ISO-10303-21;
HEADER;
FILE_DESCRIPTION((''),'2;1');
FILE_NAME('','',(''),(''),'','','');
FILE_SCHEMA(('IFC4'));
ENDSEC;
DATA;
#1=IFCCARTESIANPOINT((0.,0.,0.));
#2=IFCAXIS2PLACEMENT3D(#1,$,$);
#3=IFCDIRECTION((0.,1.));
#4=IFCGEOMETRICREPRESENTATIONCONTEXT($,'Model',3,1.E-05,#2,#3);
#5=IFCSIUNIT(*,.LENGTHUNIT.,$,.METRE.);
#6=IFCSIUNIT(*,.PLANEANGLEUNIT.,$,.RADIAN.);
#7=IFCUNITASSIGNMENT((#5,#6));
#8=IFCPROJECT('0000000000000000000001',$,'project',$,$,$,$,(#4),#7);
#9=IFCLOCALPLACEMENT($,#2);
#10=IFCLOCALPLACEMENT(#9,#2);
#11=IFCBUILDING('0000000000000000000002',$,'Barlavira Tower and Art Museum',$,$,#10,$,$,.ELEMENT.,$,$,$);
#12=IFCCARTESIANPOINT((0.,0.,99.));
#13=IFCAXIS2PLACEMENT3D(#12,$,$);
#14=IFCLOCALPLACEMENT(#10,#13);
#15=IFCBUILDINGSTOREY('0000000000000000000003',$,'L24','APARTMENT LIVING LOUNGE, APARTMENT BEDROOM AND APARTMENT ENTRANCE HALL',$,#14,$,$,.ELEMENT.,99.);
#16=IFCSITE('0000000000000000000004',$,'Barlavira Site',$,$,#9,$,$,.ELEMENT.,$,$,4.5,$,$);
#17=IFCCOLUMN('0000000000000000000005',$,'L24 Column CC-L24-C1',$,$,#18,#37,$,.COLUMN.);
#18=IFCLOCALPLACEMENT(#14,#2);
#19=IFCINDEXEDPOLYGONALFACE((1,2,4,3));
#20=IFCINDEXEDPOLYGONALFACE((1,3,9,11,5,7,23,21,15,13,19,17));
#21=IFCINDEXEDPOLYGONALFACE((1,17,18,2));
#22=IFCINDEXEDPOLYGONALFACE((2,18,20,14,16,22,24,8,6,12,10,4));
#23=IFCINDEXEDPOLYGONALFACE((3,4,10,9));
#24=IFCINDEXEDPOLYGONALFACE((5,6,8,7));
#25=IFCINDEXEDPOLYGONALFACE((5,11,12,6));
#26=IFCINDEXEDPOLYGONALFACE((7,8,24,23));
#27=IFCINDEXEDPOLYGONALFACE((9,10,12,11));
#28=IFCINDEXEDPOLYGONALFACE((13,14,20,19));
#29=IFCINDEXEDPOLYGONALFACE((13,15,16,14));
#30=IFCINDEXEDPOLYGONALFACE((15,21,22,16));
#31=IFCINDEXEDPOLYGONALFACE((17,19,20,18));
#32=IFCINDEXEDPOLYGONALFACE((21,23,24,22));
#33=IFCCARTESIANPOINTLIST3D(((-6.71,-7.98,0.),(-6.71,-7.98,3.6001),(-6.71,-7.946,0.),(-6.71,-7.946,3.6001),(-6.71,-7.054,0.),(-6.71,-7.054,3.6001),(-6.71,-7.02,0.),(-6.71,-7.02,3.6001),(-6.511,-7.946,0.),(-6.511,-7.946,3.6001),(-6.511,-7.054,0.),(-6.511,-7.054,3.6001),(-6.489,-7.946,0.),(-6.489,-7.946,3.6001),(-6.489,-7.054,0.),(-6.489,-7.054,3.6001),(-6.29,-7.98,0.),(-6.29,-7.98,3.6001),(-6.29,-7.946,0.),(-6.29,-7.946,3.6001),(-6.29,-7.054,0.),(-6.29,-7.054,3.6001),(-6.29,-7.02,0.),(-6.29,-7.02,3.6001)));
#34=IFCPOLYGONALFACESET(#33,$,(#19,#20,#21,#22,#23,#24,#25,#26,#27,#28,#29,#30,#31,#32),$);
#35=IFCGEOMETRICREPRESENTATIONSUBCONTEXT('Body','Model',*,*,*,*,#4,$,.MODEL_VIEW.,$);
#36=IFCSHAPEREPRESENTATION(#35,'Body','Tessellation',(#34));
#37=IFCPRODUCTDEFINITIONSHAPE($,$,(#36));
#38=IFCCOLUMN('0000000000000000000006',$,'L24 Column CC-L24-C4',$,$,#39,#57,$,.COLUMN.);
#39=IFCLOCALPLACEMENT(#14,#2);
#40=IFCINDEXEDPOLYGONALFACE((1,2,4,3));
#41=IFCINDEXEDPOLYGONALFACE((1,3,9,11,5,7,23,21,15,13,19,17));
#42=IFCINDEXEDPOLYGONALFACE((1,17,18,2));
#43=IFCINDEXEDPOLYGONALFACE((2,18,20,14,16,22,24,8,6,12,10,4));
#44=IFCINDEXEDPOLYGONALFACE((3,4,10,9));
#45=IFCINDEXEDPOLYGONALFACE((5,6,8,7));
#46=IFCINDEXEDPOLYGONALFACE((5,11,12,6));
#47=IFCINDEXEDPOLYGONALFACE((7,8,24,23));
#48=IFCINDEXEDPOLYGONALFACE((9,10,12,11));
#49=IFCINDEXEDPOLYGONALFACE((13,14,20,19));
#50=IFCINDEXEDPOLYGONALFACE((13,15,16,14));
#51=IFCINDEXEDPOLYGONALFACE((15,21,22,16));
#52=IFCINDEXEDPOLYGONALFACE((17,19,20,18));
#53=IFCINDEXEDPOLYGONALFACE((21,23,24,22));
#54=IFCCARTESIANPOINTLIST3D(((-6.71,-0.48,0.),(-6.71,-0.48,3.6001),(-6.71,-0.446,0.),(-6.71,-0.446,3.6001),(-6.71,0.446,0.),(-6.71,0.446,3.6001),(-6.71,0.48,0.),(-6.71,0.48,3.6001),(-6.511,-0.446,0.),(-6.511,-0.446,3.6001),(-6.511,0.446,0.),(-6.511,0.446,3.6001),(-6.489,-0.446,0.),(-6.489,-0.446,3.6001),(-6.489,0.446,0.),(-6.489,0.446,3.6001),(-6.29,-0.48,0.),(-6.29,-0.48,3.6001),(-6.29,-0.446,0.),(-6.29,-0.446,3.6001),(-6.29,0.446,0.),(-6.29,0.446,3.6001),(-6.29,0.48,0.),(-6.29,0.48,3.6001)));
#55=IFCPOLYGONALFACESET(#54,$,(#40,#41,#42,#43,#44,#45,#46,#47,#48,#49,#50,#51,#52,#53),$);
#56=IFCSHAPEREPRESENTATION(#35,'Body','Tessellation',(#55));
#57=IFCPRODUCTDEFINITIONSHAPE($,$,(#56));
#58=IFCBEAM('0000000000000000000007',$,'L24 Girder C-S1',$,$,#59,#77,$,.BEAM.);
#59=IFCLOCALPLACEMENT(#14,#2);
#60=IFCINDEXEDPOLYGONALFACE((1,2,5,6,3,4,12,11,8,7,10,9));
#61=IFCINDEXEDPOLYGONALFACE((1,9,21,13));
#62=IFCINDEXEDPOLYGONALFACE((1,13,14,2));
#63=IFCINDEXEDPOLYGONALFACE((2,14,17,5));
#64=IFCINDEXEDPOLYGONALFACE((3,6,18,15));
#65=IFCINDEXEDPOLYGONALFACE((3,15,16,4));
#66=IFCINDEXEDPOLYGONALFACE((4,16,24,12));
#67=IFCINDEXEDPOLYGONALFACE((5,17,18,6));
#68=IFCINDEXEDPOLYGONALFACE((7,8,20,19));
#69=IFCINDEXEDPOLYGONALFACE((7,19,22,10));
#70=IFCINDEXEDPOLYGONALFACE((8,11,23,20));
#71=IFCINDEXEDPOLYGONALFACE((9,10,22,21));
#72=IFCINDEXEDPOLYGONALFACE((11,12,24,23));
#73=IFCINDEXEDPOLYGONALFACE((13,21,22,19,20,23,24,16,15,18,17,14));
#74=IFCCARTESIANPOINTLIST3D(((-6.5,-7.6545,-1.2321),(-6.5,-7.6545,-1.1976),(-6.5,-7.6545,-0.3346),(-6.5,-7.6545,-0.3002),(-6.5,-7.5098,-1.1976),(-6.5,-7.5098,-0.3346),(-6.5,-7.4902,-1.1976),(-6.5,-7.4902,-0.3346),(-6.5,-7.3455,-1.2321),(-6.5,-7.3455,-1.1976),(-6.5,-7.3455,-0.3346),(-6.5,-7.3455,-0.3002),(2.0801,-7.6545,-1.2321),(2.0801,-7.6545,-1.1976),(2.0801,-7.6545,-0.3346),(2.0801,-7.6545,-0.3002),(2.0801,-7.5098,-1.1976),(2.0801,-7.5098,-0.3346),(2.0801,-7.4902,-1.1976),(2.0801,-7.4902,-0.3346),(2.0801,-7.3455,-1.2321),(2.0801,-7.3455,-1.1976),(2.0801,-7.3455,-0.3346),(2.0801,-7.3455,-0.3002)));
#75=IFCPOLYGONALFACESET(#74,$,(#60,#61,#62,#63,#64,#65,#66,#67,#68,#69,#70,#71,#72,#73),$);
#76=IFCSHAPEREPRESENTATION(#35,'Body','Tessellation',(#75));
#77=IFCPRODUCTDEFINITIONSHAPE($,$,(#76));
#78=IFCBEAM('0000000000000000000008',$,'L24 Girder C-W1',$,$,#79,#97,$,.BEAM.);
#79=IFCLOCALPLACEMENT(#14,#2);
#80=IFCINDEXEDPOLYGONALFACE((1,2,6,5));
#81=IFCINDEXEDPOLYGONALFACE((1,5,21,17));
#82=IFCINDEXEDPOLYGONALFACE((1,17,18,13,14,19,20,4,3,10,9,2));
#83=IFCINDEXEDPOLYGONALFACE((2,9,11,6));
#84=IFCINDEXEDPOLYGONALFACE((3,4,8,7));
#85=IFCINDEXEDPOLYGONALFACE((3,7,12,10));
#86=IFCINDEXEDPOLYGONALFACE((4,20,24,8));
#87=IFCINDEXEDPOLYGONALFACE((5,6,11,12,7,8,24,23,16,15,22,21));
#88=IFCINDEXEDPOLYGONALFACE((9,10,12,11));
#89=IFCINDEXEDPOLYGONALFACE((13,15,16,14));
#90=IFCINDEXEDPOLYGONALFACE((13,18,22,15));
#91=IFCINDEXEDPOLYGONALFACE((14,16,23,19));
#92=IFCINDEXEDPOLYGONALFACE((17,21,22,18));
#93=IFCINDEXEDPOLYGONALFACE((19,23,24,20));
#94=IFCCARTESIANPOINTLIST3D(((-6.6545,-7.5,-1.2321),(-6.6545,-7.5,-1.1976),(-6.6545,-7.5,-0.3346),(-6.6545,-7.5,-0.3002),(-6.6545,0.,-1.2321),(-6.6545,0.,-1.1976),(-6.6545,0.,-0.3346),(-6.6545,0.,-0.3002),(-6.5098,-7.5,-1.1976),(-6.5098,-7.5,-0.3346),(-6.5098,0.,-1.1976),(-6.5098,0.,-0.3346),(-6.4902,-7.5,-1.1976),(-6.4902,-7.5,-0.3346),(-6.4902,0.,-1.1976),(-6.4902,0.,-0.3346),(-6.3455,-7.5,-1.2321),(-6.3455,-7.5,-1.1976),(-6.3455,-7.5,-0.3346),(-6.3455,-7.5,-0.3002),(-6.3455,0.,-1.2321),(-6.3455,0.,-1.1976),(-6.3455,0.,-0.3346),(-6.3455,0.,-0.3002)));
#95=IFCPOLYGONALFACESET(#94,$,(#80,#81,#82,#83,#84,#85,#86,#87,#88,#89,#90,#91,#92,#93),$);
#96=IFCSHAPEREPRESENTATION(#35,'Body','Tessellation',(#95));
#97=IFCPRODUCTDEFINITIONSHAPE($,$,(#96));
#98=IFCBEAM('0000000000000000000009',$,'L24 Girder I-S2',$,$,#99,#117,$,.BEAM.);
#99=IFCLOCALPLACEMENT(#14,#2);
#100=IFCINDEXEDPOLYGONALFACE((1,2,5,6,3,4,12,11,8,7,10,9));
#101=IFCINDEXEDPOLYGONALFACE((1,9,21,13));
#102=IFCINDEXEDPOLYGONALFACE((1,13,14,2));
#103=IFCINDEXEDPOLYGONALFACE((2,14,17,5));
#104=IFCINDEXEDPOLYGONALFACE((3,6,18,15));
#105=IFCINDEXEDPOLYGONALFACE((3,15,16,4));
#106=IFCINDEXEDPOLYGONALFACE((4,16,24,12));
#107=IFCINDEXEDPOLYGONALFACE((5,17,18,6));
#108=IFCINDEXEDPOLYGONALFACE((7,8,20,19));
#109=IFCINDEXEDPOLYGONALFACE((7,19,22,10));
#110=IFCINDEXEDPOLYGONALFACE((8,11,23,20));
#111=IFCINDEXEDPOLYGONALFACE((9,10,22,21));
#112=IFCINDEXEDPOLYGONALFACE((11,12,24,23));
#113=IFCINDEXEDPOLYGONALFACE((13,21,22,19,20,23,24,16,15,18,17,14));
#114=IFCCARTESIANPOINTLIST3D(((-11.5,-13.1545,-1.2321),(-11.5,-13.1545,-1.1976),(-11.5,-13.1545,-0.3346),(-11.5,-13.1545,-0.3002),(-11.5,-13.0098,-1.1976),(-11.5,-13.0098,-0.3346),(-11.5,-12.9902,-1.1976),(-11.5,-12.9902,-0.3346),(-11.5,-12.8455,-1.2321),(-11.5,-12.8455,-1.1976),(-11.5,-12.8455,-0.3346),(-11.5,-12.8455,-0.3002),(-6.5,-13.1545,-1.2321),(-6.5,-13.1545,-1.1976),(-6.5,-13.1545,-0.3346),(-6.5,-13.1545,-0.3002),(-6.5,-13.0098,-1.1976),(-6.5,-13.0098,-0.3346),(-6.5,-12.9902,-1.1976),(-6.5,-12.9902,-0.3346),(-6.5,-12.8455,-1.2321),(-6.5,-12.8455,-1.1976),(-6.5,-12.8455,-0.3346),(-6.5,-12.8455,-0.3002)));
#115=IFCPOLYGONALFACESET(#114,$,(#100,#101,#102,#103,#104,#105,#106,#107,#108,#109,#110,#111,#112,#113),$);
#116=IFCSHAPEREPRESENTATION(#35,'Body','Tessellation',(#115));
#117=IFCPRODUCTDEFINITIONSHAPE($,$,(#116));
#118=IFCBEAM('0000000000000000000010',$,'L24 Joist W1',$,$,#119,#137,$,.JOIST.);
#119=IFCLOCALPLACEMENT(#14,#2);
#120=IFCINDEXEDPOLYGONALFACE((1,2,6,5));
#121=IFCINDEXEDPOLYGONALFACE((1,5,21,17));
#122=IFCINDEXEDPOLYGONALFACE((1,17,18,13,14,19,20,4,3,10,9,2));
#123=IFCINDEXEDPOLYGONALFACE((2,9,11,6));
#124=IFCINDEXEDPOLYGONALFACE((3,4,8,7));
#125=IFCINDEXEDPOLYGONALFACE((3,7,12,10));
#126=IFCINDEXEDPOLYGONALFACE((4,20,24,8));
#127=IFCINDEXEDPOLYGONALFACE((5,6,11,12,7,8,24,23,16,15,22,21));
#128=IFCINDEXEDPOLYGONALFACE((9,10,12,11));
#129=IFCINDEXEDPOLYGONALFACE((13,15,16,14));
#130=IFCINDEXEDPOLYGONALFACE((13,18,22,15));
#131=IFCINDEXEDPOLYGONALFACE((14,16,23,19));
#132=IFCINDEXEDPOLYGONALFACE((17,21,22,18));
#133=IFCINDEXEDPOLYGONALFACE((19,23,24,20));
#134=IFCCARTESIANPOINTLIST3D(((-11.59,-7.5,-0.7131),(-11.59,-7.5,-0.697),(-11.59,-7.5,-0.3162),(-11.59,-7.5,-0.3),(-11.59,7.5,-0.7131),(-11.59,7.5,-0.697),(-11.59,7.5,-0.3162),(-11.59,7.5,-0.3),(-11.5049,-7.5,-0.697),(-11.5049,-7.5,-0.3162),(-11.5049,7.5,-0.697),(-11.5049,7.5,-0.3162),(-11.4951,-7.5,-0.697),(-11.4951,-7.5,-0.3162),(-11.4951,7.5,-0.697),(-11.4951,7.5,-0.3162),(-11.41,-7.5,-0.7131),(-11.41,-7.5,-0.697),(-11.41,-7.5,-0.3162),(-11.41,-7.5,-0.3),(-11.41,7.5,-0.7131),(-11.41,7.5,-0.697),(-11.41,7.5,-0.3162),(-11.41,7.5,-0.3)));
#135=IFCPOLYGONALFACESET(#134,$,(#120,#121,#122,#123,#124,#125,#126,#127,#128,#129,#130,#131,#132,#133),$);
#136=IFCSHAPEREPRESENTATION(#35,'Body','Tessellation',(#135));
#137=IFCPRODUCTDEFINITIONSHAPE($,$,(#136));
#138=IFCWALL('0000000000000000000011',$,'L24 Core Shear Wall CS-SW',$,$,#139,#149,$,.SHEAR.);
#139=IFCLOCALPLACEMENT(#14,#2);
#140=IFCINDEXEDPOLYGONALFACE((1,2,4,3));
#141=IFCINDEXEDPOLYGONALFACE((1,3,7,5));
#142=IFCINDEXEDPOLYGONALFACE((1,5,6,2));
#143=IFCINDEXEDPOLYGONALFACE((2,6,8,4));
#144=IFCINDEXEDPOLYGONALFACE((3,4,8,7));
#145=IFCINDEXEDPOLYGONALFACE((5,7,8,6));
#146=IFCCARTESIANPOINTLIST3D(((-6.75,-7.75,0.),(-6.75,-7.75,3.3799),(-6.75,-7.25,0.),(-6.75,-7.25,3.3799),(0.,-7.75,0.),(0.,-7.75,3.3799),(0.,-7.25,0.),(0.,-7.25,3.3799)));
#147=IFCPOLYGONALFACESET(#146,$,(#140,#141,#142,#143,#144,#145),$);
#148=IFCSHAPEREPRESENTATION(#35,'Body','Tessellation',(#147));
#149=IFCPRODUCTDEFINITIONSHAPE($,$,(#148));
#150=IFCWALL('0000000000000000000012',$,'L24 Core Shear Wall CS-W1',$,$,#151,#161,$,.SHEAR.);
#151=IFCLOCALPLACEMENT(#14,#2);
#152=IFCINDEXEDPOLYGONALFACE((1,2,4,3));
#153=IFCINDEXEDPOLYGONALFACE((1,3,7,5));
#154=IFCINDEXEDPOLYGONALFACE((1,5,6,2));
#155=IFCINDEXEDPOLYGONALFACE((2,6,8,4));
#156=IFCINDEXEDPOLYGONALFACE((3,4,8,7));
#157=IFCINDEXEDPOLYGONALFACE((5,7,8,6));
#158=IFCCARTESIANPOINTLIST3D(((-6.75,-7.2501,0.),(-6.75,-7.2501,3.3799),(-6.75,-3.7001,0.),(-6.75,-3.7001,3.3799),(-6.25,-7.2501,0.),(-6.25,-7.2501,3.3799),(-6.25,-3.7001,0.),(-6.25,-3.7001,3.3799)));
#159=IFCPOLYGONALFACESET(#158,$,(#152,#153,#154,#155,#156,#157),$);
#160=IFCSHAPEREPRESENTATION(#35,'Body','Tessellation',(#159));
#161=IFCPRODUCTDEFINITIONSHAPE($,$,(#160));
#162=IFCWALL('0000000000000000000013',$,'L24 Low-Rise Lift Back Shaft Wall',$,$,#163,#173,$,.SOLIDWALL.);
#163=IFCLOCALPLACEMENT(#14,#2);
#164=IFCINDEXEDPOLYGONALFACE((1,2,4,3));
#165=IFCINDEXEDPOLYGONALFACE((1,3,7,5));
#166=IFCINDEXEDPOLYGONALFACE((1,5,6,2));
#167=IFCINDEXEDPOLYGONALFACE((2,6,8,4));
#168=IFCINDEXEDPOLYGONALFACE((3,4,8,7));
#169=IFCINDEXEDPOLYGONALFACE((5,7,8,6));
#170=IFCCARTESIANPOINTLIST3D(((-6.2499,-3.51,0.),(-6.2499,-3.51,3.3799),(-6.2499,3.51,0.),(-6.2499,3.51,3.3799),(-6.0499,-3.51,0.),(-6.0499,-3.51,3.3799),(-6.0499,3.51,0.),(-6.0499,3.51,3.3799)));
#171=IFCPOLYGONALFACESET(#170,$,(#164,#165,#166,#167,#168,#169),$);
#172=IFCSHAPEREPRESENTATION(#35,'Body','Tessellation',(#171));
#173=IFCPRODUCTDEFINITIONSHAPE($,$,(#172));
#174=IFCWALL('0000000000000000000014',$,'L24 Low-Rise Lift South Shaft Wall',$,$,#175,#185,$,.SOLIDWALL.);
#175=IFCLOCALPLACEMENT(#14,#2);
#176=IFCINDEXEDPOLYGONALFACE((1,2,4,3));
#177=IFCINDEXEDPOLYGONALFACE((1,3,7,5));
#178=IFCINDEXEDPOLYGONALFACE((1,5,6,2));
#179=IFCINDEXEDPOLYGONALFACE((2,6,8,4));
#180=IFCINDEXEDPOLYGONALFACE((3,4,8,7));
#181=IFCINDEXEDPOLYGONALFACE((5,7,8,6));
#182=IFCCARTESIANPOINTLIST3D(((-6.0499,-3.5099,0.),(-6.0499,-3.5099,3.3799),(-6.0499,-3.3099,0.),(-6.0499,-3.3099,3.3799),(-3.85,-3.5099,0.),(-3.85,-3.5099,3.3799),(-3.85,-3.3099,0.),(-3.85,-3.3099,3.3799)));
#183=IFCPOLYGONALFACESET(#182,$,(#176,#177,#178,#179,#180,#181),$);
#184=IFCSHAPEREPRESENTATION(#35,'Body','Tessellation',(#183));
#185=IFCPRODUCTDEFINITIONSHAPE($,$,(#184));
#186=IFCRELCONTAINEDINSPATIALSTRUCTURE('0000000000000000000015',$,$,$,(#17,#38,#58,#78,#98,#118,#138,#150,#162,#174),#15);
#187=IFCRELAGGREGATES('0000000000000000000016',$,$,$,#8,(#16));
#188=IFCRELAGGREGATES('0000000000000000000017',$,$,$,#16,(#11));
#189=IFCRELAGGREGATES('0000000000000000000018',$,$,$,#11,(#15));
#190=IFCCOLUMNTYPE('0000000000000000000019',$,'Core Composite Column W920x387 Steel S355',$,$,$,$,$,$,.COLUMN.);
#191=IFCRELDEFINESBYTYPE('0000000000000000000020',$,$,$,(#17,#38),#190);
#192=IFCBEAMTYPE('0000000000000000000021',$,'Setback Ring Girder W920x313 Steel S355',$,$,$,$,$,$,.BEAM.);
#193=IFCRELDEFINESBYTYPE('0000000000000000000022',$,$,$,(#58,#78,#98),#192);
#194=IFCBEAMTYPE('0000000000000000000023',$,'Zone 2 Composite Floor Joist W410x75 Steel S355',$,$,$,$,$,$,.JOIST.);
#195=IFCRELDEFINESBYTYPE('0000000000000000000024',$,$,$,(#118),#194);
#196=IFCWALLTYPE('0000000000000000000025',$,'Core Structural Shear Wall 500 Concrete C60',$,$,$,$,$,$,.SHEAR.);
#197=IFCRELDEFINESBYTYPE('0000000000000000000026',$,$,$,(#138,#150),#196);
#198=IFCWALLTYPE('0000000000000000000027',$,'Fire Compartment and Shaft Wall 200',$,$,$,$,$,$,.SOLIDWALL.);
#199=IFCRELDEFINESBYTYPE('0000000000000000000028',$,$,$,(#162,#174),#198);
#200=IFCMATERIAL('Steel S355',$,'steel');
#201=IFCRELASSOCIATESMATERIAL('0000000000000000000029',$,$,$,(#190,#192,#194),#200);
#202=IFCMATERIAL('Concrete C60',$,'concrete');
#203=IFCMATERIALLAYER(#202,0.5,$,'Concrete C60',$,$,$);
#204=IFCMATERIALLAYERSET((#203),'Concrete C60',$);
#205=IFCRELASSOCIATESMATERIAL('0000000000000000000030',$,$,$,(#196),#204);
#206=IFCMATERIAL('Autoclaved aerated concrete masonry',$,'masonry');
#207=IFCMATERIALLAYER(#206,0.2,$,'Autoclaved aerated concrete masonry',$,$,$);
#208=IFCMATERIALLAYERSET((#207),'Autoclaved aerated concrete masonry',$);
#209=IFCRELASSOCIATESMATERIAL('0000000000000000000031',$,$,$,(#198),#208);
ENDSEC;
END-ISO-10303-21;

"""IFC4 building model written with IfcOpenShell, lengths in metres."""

from ifc_helpers import new_model, si_unit, direction, frame, frame_2d, origin, origin_2d, place, context, subcontext, project, spatial, rectangle, i_section, extrude, material, layer, layer_set, material_profile, profile_set, type_object, element, save


model = new_model("IFC4")

# Units and contexts
model_context = context("Model", 3, precision=1e-05, world=origin(), true_north=direction((0.0, 1.0)))
body_context = subcontext(model_context, "Body", "Model", "MODEL_VIEW")
ifc_project = project(units=[si_unit("LENGTHUNIT", "METRE"), si_unit("PLANEANGLEUNIT", "RADIAN")], contexts=[model_context])

# Site, building, storey
site_placement = place(None, origin())
site = spatial("IfcSite", under=ifc_project, at=site_placement, Name="Barlavira Site", CompositionType="ELEMENT", RefElevation=4.5)
building_placement = place(site_placement, origin())
building = spatial("IfcBuilding", under=site, at=building_placement, Name="Barlavira Tower and Art Museum", CompositionType="ELEMENT")
storey_placement = place(building_placement, frame((0.0, 0.0, 99.0)))
storey = spatial("IfcBuildingStorey", under=building, at=storey_placement, Name="L24", Description="APARTMENT LIVING LOUNGE, APARTMENT BEDROOM AND APARTMENT ENTRANCE HALL", CompositionType="ELEMENT", Elevation=99.0)

# Columns
ifc_material_1 = material(Name="Steel S355", Category="steel")
ifc_material_profile_1 = material_profile(ifc_material_1, i_section(OverallWidth=0.4199, OverallDepth=0.96, WebThickness=0.022, FlangeThickness=0.0339, at=origin_2d()), Name="W920x387.0")
ifc_profile_set_1 = profile_set([ifc_material_profile_1], Name="Steel S355")
column_type = type_object("IfcColumnType", Name="Core Composite Column W920x387 Steel S355", PredefinedType="COLUMN", material=ifc_profile_set_1)
for number, where, z_axis, x_axis, name in (
    (1, (-6.5, -7.5, 0.0), (0.0, 0.0, 1.0), (1.0, 0.0, 0.0), "L24 Column CC-L24-C1"),
    (2, (-6.5, 0.0, 0.0), (0.0, 0.0, 1.0), (1.0, 0.0, 0.0), "L24 Column CC-L24-C4"),
):
    element("IfcColumn", number, at=place(storey_placement, frame(where, z_axis=z_axis, x_axis=x_axis)), inside=storey, type_object=column_type, Name=name, PredefinedType="COLUMN", context=body_context, shape_type="SweptSolid", body=[
        extrude(i_section(OverallWidth=0.4199, OverallDepth=0.96, WebThickness=0.022, FlangeThickness=0.0339, at=origin_2d()), origin(), (0.0, 0.0, 1.0), 3.6001),
    ])

# Beams
ifc_material_profile_2 = material_profile(ifc_material_1, i_section(OverallWidth=0.3091, OverallDepth=0.9319, WebThickness=0.0195, FlangeThickness=0.0344, at=origin_2d()), Name="W920x313.0")
ifc_profile_set_2 = profile_set([ifc_material_profile_2], Name="Steel S355")
beam_type_1 = type_object("IfcBeamType", Name="Setback Ring Girder W920x313 Steel S355", PredefinedType="BEAM", material=ifc_profile_set_2)
beam_1_placement = place(storey_placement, frame((-6.5, -7.5, -0.7661), z_axis=(1.0, 0.0, 0.0), x_axis=(0.0, 1.0, 0.0)))
element("IfcBeam", 3, at=beam_1_placement, inside=storey, type_object=beam_type_1, Name="L24 Girder C-S1", PredefinedType="BEAM", context=body_context, shape_type="SweptSolid", body=[
    extrude(i_section(OverallWidth=0.3091, OverallDepth=0.9319, WebThickness=0.0195, FlangeThickness=0.0344, at=origin_2d()), origin(), (0.0, 0.0, 1.0), 8.5801),
])
beam_2_placement = place(storey_placement, frame((-6.5, -7.5, -0.7661), z_axis=(0.0, 1.0, 0.0), x_axis=(-1.0, 0.0, 0.0)))
element("IfcBeam", 4, at=beam_2_placement, inside=storey, type_object=beam_type_1, Name="L24 Girder C-W1", PredefinedType="BEAM", context=body_context, shape_type="SweptSolid", body=[
    extrude(i_section(OverallWidth=0.3091, OverallDepth=0.9319, WebThickness=0.0195, FlangeThickness=0.0344, at=origin_2d()), origin(), (0.0, 0.0, 1.0), 7.5),
])
beam_3_placement = place(storey_placement, frame((-11.5, -13.0, -0.7661), z_axis=(1.0, 0.0, 0.0), x_axis=(0.0, 1.0, 0.0)))
element("IfcBeam", 5, at=beam_3_placement, inside=storey, type_object=beam_type_1, Name="L24 Girder I-S2", PredefinedType="BEAM", context=body_context, shape_type="SweptSolid", body=[
    extrude(i_section(OverallWidth=0.3091, OverallDepth=0.9319, WebThickness=0.0195, FlangeThickness=0.0344, at=origin_2d()), origin(), (0.0, 0.0, 1.0), 5.0),
])
ifc_material_profile_3 = material_profile(ifc_material_1, i_section(OverallWidth=0.1799, OverallDepth=0.4131, WebThickness=0.0098, FlangeThickness=0.0161, at=origin_2d()), Name="W410x75.0")
ifc_profile_set_3 = profile_set([ifc_material_profile_3], Name="Steel S355")
beam_type_2 = type_object("IfcBeamType", Name="Zone 2 Composite Floor Joist W410x75 Steel S355", PredefinedType="JOIST", material=ifc_profile_set_3)
beam_4_placement = place(storey_placement, frame((-11.5, -7.5, -0.5066), z_axis=(0.0, 1.0, 0.0), x_axis=(-1.0, 0.0, 0.0)))
element("IfcBeam", 6, at=beam_4_placement, inside=storey, type_object=beam_type_2, Name="L24 Joist W1", PredefinedType="JOIST", context=body_context, shape_type="SweptSolid", body=[
    extrude(i_section(OverallWidth=0.1799, OverallDepth=0.4131, WebThickness=0.0098, FlangeThickness=0.0161, at=origin_2d()), origin(), (0.0, 0.0, 1.0), 15.0),
])

# Walls
ifc_material_2 = material(Name="Concrete C60", Category="concrete")
ifc_layer_1 = layer(ifc_material_2, 0.5, Name="Concrete C60")
ifc_layer_set_1 = layer_set([ifc_layer_1], Name="Concrete C60")
wall_type_1 = type_object("IfcWallType", Name="Core Structural Shear Wall 500 Concrete C60", PredefinedType="SHEAR", material=ifc_layer_set_1)
wall_1_placement = place(storey_placement, frame((-6.75, -7.5, 0.0), z_axis=(0.0, 0.0, 1.0), x_axis=(1.0, 0.0, 0.0)))
element("IfcWall", 7, at=wall_1_placement, inside=storey, type_object=wall_type_1, Name="L24 Core Shear Wall CS-SW", PredefinedType="SHEAR", context=body_context, shape_type="SweptSolid", body=[
    extrude(rectangle(XDim=6.75, YDim=0.5, at=frame_2d((3.375, 0.0))), origin(), (0.0, 0.0, 1.0), 3.3799),
])
wall_2_placement = place(storey_placement, frame((-6.5, -7.25, 0.0), z_axis=(0.0, 0.0, 1.0), x_axis=(0.0, 1.0, 0.0)))
element("IfcWall", 8, at=wall_2_placement, inside=storey, type_object=wall_type_1, Name="L24 Core Shear Wall CS-W1", PredefinedType="SHEAR", context=body_context, shape_type="SweptSolid", body=[
    extrude(rectangle(XDim=3.55, YDim=0.5, at=frame_2d((1.7749, 0.0))), origin(), (0.0, 0.0, 1.0), 3.3799),
])

# Shared definitions
ifc_material_3 = material(Name="Autoclaved aerated concrete masonry", Category="masonry")
ifc_layer_2 = layer(ifc_material_3, 0.2, Name="Autoclaved aerated concrete masonry")
ifc_layer_set_2 = layer_set([ifc_layer_2], Name="Autoclaved aerated concrete masonry")
wall_type_2 = type_object("IfcWallType", Name="Fire Compartment and Shaft Wall 200", PredefinedType="SOLIDWALL", material=ifc_layer_set_2)

# Walls
wall_3_placement = place(storey_placement, frame((-6.1499, -3.51, 0.0), z_axis=(0.0, 0.0, 1.0), x_axis=(0.0, 1.0, 0.0)))
element("IfcWall", 9, at=wall_3_placement, inside=storey, type_object=wall_type_2, Name="L24 Low-Rise Lift Back Shaft Wall", PredefinedType="SOLIDWALL", context=body_context, shape_type="SweptSolid", body=[
    extrude(rectangle(XDim=7.02, YDim=0.2, at=frame_2d((3.51, 0.0))), origin(), (0.0, 0.0, 1.0), 3.3799),
])
wall_4_placement = place(storey_placement, frame((-6.05, -3.4099, 0.0), z_axis=(0.0, 0.0, 1.0), x_axis=(1.0, 0.0, 0.0)))
element("IfcWall", 10, at=wall_4_placement, inside=storey, type_object=wall_type_2, Name="L24 Low-Rise Lift South Shaft Wall", PredefinedType="SOLIDWALL", context=body_context, shape_type="SweptSolid", body=[
    extrude(rectangle(XDim=2.2, YDim=0.2, at=frame_2d((1.1001, 0.0))), origin(), (0.0, 0.0, 1.0), 3.3799),
])

save(model, "model.ifc")
